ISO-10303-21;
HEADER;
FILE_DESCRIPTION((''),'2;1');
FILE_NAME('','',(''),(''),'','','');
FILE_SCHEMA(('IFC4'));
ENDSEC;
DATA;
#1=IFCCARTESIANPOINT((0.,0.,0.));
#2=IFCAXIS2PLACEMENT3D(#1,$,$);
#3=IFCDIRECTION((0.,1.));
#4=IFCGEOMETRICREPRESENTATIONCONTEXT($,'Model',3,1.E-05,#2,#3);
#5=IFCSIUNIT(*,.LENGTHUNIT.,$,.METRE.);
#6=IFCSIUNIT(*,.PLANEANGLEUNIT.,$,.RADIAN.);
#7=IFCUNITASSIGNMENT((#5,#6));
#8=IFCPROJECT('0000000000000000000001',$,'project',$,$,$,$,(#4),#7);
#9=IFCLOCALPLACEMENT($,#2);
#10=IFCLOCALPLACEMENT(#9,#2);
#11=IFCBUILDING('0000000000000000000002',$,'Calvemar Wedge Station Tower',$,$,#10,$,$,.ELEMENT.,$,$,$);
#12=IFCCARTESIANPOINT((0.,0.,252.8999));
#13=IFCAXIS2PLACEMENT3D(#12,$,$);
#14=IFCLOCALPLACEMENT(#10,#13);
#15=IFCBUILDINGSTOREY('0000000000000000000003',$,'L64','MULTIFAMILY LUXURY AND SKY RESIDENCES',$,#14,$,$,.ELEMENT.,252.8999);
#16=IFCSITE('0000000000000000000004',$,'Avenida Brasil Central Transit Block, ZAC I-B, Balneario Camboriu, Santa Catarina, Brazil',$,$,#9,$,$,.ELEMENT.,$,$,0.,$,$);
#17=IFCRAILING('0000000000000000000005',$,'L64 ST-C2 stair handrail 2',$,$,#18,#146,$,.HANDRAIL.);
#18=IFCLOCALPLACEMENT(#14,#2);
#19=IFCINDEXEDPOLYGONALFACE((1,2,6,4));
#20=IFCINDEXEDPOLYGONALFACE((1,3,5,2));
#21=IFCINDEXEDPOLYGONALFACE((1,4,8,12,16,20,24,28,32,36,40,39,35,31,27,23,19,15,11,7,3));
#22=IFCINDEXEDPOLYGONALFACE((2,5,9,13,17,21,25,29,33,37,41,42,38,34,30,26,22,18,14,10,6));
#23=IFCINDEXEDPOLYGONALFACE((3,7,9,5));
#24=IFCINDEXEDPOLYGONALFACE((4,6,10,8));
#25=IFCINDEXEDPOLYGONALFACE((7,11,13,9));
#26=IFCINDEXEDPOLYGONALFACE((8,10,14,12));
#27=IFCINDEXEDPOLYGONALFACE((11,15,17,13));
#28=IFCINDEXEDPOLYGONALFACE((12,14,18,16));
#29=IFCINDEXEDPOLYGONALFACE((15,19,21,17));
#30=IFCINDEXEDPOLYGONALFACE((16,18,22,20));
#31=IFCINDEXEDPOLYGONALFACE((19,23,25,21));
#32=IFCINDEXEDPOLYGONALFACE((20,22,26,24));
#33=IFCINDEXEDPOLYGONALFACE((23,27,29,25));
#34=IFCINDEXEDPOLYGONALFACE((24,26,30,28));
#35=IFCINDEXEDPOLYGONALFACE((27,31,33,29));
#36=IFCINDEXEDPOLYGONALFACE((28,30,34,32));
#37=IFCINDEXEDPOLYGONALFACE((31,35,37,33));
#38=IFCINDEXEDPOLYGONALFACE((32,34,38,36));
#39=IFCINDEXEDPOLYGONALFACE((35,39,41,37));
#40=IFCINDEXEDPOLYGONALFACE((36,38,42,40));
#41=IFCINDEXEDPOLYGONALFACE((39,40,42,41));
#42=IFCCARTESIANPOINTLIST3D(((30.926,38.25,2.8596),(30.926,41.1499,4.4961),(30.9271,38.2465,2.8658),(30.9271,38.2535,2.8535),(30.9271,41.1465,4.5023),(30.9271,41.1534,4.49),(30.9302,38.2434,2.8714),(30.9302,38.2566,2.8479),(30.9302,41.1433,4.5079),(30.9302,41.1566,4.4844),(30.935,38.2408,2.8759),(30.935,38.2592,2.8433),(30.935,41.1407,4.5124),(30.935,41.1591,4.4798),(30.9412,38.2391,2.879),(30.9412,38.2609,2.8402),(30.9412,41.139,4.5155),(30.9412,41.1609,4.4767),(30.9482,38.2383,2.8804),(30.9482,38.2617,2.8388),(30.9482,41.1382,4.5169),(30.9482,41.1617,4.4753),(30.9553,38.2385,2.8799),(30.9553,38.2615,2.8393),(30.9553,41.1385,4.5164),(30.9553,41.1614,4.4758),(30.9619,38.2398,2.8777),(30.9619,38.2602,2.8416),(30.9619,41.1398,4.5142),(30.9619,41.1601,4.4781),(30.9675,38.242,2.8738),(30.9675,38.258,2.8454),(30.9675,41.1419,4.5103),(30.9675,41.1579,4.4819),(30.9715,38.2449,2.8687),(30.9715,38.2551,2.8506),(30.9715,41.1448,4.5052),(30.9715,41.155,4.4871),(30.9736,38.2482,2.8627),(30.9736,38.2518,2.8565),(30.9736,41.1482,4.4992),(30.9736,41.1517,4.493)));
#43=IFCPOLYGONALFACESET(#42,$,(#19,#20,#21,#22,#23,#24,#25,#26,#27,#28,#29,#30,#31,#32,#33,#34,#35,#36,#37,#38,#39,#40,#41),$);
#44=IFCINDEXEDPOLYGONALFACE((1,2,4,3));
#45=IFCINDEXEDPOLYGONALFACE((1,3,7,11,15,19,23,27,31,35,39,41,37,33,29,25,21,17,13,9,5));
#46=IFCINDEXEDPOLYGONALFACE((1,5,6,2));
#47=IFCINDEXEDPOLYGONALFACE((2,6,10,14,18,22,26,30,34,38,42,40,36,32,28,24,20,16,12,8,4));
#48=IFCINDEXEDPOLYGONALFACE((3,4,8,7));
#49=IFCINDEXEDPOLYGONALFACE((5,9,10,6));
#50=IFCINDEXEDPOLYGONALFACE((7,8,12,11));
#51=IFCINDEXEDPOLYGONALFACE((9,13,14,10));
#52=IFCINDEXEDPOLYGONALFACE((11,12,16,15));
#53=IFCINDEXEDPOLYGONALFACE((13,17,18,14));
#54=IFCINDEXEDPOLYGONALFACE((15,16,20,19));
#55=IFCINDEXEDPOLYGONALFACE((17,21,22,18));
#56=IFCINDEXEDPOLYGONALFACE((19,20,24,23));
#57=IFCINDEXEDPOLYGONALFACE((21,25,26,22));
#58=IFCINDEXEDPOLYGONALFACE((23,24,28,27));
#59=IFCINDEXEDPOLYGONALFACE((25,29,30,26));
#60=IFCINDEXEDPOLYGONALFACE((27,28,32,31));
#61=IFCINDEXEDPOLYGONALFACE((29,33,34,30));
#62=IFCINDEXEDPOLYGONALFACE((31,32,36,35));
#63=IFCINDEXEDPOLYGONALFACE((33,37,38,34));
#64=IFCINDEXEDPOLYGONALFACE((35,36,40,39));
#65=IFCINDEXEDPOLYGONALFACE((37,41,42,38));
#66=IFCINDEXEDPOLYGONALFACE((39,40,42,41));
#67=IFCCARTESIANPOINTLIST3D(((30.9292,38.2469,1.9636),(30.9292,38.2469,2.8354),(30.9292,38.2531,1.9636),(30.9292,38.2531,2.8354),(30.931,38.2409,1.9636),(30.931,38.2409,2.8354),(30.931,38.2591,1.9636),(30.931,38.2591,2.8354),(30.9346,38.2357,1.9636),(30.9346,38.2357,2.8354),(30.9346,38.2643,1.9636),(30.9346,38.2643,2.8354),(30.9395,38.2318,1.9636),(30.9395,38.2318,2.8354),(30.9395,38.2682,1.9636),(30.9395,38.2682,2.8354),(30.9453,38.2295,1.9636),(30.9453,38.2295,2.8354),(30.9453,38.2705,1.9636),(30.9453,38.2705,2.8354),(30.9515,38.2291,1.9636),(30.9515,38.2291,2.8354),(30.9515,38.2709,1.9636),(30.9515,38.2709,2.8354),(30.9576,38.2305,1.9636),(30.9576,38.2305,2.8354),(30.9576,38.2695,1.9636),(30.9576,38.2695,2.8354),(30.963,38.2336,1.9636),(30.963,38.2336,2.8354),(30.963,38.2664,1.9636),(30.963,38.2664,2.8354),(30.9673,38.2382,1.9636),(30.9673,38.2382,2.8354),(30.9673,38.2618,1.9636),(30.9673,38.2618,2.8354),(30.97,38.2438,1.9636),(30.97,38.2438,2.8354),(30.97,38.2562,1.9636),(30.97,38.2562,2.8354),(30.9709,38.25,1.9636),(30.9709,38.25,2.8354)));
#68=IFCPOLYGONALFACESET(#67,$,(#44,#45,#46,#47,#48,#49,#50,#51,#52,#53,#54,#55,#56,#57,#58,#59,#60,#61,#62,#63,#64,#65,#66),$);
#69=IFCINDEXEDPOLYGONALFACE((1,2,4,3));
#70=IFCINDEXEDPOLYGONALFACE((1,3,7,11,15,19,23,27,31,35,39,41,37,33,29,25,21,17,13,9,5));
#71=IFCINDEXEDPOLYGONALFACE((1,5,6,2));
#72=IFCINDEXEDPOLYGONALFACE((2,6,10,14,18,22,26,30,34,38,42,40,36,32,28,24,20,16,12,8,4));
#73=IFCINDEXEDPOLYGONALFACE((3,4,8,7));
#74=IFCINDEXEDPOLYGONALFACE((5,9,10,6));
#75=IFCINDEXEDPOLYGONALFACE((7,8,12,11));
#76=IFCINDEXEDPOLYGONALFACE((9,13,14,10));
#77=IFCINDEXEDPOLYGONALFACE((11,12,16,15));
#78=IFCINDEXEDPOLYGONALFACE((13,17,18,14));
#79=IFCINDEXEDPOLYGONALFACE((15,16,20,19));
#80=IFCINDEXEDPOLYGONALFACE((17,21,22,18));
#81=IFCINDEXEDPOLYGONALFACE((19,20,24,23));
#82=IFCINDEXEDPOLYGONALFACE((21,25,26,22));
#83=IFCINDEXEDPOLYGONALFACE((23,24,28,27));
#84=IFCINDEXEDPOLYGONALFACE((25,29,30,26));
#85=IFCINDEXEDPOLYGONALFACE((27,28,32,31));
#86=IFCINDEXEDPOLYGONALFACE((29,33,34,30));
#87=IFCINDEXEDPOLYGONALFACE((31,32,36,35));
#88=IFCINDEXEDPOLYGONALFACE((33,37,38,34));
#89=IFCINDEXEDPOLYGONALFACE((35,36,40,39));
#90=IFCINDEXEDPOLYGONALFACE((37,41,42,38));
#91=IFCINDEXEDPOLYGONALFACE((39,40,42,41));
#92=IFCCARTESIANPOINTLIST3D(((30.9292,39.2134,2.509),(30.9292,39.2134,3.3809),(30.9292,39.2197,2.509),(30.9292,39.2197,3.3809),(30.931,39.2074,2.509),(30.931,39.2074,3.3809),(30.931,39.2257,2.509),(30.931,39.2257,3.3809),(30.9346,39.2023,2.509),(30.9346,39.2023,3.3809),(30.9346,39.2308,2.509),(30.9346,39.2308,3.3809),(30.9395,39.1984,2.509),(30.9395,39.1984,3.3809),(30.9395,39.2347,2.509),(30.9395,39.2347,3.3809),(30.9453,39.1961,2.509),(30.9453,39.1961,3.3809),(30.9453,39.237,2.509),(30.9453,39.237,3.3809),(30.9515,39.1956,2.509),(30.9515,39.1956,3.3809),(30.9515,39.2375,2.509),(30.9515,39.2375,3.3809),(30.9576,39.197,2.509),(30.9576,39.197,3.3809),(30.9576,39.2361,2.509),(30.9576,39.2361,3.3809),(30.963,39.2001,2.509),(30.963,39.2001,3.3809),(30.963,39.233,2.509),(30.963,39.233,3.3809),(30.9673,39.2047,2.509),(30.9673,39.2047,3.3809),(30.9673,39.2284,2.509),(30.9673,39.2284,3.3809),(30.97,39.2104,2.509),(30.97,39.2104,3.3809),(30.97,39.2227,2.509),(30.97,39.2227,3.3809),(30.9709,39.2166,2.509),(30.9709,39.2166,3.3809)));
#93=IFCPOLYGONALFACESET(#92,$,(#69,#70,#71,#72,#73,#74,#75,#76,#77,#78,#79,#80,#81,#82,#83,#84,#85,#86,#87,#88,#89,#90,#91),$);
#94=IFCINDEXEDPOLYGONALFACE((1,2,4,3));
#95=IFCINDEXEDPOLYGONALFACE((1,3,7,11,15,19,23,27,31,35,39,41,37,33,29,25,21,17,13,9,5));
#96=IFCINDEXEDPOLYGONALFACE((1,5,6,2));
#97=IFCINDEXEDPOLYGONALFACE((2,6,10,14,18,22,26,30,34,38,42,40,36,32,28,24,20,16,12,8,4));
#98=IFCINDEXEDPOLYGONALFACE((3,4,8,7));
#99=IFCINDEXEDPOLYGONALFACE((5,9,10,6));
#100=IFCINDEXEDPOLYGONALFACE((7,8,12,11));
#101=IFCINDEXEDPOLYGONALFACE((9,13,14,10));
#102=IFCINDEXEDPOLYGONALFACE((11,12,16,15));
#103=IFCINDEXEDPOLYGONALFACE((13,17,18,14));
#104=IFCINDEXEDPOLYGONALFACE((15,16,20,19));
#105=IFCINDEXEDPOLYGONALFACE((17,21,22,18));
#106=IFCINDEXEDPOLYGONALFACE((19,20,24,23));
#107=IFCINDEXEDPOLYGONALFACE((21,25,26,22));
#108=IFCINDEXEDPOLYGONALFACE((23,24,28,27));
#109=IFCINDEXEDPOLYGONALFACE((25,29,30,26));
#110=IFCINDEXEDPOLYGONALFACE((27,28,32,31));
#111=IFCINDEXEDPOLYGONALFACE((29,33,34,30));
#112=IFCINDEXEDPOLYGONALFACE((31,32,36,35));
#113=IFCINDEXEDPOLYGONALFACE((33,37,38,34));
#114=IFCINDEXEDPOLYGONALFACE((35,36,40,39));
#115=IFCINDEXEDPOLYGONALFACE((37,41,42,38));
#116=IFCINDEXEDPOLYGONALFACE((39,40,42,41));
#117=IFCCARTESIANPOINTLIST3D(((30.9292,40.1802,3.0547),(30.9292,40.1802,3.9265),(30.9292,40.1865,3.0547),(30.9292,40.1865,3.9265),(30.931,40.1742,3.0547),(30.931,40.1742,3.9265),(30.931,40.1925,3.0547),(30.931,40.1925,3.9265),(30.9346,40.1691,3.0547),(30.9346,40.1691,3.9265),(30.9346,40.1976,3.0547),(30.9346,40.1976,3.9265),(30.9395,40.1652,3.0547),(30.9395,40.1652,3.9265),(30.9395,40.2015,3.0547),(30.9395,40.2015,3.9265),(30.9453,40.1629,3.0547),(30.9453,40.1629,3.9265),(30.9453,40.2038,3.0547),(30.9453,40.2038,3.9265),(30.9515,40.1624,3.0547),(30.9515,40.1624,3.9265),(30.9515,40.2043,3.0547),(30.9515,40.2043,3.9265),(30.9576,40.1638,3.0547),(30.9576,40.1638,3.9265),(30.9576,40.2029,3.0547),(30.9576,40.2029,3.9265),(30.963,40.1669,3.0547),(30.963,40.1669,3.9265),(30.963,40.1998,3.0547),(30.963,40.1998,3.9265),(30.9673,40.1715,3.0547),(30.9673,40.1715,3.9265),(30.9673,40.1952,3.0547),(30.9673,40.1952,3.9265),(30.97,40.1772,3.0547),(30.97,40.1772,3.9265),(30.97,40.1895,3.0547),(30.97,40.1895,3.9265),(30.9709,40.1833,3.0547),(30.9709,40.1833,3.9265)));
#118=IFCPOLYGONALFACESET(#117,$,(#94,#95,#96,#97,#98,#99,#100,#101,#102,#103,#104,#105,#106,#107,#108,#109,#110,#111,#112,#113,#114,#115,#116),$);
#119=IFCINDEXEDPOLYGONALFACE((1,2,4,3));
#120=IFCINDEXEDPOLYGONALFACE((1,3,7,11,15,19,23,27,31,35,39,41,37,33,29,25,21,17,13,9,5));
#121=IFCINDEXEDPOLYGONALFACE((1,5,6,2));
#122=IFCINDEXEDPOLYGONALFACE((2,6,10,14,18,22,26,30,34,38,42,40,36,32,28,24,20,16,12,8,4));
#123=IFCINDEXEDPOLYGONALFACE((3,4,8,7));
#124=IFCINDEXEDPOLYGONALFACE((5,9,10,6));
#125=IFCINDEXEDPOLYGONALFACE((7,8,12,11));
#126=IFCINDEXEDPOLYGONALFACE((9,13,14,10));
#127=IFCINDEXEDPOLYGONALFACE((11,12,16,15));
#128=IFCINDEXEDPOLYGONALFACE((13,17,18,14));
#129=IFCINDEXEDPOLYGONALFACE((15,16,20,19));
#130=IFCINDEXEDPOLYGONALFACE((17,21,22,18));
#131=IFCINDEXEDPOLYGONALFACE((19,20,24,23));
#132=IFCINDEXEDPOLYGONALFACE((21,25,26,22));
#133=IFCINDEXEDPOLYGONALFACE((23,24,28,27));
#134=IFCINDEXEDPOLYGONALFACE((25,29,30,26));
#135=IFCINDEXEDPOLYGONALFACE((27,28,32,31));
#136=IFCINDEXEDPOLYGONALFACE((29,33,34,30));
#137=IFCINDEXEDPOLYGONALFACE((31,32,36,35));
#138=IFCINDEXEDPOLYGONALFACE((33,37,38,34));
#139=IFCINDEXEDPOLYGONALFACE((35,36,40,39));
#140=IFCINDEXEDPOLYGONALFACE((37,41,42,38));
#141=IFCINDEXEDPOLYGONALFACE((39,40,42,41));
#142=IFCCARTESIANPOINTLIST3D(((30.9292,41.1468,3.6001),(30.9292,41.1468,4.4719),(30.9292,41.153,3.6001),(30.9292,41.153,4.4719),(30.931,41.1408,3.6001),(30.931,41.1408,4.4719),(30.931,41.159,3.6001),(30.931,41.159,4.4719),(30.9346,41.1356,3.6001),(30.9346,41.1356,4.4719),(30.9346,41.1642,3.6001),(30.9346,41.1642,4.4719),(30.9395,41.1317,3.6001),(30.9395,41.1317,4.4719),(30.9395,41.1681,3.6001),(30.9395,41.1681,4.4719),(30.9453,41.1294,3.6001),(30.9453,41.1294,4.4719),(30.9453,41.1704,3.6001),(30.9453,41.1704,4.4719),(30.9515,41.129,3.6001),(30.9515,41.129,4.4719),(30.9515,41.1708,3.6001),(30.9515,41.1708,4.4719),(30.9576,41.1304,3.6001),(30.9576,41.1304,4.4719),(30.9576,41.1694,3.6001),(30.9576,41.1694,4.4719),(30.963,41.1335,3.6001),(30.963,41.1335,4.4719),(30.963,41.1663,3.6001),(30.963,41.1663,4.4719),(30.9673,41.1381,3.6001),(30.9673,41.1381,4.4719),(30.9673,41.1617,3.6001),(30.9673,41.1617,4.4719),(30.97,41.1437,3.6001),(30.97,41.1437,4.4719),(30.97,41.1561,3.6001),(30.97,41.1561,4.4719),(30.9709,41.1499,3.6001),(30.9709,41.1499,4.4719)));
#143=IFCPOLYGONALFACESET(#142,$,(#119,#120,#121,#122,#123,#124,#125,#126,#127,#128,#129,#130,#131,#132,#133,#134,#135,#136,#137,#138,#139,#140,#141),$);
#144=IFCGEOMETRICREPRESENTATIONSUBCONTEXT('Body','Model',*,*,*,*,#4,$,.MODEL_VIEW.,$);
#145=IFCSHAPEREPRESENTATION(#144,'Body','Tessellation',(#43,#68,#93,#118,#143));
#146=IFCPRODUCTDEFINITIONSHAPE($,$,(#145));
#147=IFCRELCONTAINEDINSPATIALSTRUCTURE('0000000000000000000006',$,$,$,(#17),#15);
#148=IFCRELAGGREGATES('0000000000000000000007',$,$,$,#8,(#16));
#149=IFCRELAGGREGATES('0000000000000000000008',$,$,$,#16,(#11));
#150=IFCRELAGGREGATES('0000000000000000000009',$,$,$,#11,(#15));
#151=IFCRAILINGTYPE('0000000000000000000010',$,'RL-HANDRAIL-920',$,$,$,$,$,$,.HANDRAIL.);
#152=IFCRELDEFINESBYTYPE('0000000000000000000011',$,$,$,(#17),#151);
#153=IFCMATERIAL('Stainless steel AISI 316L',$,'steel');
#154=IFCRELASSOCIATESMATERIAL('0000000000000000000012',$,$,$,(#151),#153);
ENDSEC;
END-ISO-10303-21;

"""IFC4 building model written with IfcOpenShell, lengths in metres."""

from ifc_helpers import new_model, si_unit, direction, frame, origin, origin_2d, place, context, subcontext, project, spatial, circle, extrude, material, type_object, element, save


model = new_model("IFC4")

# Units and contexts
model_context = context("Model", 3, precision=1e-05, world=origin(), true_north=direction((0.0, 1.0)))
body_context = subcontext(model_context, "Body", "Model", "MODEL_VIEW")
ifc_project = project(units=[si_unit("LENGTHUNIT", "METRE"), si_unit("PLANEANGLEUNIT", "RADIAN")], contexts=[model_context])

# Site, building, storey
site_placement = place(None, origin())
site = spatial("IfcSite", under=ifc_project, at=site_placement, Name="Avenida Brasil Central Transit Block, ZAC I-B, Balneario Camboriu, Santa Catarina, Brazil", CompositionType="ELEMENT", RefElevation=0.0)
building_placement = place(site_placement, origin())
building = spatial("IfcBuilding", under=site, at=building_placement, Name="Calvemar Wedge Station Tower", CompositionType="ELEMENT")
storey_placement = place(building_placement, frame((0.0, 0.0, 252.8999)))
storey = spatial("IfcBuildingStorey", under=building, at=storey_placement, Name="L64", Description="MULTIFAMILY LUXURY AND SKY RESIDENCES", CompositionType="ELEMENT", Elevation=252.8999)

# Railing
ifc_material_1 = material(Name="Stainless steel AISI 316L", Category="steel")
railing_type_1 = type_object("IfcRailingType", Name="RL-HANDRAIL-920", PredefinedType="HANDRAIL", material=ifc_material_1)
railing_1_placement = place(storey_placement, frame((30.95, 38.25, 1.9636)))
element("IfcRailing", 1, at=railing_1_placement, inside=storey, type_object=railing_type_1, Name="L64 ST-C2 stair handrail 2", PredefinedType="HANDRAIL", context=body_context, shape_type="SweptSolid", body=[
    extrude(circle(Radius=0.0239, at=origin_2d()), frame((0.0, 0.0, 0.896), z_axis=(0.0, 0.870897, 0.491465), x_axis=(-1.0, 0.0, 0.0)), (0.0, 0.0, 1.0), 3.3298),
    extrude(circle(Radius=0.021, at=origin_2d()), origin(), (0.0, 0.0, 1.0), 0.8718),
    extrude(circle(Radius=0.021, at=origin_2d()), frame((0.0, 0.9666, 0.5454)), (0.0, 0.0, 1.0), 0.8718),
    extrude(circle(Radius=0.021, at=origin_2d()), frame((0.0, 1.9333, 1.0911)), (0.0, 0.0, 1.0), 0.8718),
    extrude(circle(Radius=0.021, at=origin_2d()), frame((0.0, 2.8999, 1.6365)), (0.0, 0.0, 1.0), 0.8718),
])

save(model, "model.ifc")
